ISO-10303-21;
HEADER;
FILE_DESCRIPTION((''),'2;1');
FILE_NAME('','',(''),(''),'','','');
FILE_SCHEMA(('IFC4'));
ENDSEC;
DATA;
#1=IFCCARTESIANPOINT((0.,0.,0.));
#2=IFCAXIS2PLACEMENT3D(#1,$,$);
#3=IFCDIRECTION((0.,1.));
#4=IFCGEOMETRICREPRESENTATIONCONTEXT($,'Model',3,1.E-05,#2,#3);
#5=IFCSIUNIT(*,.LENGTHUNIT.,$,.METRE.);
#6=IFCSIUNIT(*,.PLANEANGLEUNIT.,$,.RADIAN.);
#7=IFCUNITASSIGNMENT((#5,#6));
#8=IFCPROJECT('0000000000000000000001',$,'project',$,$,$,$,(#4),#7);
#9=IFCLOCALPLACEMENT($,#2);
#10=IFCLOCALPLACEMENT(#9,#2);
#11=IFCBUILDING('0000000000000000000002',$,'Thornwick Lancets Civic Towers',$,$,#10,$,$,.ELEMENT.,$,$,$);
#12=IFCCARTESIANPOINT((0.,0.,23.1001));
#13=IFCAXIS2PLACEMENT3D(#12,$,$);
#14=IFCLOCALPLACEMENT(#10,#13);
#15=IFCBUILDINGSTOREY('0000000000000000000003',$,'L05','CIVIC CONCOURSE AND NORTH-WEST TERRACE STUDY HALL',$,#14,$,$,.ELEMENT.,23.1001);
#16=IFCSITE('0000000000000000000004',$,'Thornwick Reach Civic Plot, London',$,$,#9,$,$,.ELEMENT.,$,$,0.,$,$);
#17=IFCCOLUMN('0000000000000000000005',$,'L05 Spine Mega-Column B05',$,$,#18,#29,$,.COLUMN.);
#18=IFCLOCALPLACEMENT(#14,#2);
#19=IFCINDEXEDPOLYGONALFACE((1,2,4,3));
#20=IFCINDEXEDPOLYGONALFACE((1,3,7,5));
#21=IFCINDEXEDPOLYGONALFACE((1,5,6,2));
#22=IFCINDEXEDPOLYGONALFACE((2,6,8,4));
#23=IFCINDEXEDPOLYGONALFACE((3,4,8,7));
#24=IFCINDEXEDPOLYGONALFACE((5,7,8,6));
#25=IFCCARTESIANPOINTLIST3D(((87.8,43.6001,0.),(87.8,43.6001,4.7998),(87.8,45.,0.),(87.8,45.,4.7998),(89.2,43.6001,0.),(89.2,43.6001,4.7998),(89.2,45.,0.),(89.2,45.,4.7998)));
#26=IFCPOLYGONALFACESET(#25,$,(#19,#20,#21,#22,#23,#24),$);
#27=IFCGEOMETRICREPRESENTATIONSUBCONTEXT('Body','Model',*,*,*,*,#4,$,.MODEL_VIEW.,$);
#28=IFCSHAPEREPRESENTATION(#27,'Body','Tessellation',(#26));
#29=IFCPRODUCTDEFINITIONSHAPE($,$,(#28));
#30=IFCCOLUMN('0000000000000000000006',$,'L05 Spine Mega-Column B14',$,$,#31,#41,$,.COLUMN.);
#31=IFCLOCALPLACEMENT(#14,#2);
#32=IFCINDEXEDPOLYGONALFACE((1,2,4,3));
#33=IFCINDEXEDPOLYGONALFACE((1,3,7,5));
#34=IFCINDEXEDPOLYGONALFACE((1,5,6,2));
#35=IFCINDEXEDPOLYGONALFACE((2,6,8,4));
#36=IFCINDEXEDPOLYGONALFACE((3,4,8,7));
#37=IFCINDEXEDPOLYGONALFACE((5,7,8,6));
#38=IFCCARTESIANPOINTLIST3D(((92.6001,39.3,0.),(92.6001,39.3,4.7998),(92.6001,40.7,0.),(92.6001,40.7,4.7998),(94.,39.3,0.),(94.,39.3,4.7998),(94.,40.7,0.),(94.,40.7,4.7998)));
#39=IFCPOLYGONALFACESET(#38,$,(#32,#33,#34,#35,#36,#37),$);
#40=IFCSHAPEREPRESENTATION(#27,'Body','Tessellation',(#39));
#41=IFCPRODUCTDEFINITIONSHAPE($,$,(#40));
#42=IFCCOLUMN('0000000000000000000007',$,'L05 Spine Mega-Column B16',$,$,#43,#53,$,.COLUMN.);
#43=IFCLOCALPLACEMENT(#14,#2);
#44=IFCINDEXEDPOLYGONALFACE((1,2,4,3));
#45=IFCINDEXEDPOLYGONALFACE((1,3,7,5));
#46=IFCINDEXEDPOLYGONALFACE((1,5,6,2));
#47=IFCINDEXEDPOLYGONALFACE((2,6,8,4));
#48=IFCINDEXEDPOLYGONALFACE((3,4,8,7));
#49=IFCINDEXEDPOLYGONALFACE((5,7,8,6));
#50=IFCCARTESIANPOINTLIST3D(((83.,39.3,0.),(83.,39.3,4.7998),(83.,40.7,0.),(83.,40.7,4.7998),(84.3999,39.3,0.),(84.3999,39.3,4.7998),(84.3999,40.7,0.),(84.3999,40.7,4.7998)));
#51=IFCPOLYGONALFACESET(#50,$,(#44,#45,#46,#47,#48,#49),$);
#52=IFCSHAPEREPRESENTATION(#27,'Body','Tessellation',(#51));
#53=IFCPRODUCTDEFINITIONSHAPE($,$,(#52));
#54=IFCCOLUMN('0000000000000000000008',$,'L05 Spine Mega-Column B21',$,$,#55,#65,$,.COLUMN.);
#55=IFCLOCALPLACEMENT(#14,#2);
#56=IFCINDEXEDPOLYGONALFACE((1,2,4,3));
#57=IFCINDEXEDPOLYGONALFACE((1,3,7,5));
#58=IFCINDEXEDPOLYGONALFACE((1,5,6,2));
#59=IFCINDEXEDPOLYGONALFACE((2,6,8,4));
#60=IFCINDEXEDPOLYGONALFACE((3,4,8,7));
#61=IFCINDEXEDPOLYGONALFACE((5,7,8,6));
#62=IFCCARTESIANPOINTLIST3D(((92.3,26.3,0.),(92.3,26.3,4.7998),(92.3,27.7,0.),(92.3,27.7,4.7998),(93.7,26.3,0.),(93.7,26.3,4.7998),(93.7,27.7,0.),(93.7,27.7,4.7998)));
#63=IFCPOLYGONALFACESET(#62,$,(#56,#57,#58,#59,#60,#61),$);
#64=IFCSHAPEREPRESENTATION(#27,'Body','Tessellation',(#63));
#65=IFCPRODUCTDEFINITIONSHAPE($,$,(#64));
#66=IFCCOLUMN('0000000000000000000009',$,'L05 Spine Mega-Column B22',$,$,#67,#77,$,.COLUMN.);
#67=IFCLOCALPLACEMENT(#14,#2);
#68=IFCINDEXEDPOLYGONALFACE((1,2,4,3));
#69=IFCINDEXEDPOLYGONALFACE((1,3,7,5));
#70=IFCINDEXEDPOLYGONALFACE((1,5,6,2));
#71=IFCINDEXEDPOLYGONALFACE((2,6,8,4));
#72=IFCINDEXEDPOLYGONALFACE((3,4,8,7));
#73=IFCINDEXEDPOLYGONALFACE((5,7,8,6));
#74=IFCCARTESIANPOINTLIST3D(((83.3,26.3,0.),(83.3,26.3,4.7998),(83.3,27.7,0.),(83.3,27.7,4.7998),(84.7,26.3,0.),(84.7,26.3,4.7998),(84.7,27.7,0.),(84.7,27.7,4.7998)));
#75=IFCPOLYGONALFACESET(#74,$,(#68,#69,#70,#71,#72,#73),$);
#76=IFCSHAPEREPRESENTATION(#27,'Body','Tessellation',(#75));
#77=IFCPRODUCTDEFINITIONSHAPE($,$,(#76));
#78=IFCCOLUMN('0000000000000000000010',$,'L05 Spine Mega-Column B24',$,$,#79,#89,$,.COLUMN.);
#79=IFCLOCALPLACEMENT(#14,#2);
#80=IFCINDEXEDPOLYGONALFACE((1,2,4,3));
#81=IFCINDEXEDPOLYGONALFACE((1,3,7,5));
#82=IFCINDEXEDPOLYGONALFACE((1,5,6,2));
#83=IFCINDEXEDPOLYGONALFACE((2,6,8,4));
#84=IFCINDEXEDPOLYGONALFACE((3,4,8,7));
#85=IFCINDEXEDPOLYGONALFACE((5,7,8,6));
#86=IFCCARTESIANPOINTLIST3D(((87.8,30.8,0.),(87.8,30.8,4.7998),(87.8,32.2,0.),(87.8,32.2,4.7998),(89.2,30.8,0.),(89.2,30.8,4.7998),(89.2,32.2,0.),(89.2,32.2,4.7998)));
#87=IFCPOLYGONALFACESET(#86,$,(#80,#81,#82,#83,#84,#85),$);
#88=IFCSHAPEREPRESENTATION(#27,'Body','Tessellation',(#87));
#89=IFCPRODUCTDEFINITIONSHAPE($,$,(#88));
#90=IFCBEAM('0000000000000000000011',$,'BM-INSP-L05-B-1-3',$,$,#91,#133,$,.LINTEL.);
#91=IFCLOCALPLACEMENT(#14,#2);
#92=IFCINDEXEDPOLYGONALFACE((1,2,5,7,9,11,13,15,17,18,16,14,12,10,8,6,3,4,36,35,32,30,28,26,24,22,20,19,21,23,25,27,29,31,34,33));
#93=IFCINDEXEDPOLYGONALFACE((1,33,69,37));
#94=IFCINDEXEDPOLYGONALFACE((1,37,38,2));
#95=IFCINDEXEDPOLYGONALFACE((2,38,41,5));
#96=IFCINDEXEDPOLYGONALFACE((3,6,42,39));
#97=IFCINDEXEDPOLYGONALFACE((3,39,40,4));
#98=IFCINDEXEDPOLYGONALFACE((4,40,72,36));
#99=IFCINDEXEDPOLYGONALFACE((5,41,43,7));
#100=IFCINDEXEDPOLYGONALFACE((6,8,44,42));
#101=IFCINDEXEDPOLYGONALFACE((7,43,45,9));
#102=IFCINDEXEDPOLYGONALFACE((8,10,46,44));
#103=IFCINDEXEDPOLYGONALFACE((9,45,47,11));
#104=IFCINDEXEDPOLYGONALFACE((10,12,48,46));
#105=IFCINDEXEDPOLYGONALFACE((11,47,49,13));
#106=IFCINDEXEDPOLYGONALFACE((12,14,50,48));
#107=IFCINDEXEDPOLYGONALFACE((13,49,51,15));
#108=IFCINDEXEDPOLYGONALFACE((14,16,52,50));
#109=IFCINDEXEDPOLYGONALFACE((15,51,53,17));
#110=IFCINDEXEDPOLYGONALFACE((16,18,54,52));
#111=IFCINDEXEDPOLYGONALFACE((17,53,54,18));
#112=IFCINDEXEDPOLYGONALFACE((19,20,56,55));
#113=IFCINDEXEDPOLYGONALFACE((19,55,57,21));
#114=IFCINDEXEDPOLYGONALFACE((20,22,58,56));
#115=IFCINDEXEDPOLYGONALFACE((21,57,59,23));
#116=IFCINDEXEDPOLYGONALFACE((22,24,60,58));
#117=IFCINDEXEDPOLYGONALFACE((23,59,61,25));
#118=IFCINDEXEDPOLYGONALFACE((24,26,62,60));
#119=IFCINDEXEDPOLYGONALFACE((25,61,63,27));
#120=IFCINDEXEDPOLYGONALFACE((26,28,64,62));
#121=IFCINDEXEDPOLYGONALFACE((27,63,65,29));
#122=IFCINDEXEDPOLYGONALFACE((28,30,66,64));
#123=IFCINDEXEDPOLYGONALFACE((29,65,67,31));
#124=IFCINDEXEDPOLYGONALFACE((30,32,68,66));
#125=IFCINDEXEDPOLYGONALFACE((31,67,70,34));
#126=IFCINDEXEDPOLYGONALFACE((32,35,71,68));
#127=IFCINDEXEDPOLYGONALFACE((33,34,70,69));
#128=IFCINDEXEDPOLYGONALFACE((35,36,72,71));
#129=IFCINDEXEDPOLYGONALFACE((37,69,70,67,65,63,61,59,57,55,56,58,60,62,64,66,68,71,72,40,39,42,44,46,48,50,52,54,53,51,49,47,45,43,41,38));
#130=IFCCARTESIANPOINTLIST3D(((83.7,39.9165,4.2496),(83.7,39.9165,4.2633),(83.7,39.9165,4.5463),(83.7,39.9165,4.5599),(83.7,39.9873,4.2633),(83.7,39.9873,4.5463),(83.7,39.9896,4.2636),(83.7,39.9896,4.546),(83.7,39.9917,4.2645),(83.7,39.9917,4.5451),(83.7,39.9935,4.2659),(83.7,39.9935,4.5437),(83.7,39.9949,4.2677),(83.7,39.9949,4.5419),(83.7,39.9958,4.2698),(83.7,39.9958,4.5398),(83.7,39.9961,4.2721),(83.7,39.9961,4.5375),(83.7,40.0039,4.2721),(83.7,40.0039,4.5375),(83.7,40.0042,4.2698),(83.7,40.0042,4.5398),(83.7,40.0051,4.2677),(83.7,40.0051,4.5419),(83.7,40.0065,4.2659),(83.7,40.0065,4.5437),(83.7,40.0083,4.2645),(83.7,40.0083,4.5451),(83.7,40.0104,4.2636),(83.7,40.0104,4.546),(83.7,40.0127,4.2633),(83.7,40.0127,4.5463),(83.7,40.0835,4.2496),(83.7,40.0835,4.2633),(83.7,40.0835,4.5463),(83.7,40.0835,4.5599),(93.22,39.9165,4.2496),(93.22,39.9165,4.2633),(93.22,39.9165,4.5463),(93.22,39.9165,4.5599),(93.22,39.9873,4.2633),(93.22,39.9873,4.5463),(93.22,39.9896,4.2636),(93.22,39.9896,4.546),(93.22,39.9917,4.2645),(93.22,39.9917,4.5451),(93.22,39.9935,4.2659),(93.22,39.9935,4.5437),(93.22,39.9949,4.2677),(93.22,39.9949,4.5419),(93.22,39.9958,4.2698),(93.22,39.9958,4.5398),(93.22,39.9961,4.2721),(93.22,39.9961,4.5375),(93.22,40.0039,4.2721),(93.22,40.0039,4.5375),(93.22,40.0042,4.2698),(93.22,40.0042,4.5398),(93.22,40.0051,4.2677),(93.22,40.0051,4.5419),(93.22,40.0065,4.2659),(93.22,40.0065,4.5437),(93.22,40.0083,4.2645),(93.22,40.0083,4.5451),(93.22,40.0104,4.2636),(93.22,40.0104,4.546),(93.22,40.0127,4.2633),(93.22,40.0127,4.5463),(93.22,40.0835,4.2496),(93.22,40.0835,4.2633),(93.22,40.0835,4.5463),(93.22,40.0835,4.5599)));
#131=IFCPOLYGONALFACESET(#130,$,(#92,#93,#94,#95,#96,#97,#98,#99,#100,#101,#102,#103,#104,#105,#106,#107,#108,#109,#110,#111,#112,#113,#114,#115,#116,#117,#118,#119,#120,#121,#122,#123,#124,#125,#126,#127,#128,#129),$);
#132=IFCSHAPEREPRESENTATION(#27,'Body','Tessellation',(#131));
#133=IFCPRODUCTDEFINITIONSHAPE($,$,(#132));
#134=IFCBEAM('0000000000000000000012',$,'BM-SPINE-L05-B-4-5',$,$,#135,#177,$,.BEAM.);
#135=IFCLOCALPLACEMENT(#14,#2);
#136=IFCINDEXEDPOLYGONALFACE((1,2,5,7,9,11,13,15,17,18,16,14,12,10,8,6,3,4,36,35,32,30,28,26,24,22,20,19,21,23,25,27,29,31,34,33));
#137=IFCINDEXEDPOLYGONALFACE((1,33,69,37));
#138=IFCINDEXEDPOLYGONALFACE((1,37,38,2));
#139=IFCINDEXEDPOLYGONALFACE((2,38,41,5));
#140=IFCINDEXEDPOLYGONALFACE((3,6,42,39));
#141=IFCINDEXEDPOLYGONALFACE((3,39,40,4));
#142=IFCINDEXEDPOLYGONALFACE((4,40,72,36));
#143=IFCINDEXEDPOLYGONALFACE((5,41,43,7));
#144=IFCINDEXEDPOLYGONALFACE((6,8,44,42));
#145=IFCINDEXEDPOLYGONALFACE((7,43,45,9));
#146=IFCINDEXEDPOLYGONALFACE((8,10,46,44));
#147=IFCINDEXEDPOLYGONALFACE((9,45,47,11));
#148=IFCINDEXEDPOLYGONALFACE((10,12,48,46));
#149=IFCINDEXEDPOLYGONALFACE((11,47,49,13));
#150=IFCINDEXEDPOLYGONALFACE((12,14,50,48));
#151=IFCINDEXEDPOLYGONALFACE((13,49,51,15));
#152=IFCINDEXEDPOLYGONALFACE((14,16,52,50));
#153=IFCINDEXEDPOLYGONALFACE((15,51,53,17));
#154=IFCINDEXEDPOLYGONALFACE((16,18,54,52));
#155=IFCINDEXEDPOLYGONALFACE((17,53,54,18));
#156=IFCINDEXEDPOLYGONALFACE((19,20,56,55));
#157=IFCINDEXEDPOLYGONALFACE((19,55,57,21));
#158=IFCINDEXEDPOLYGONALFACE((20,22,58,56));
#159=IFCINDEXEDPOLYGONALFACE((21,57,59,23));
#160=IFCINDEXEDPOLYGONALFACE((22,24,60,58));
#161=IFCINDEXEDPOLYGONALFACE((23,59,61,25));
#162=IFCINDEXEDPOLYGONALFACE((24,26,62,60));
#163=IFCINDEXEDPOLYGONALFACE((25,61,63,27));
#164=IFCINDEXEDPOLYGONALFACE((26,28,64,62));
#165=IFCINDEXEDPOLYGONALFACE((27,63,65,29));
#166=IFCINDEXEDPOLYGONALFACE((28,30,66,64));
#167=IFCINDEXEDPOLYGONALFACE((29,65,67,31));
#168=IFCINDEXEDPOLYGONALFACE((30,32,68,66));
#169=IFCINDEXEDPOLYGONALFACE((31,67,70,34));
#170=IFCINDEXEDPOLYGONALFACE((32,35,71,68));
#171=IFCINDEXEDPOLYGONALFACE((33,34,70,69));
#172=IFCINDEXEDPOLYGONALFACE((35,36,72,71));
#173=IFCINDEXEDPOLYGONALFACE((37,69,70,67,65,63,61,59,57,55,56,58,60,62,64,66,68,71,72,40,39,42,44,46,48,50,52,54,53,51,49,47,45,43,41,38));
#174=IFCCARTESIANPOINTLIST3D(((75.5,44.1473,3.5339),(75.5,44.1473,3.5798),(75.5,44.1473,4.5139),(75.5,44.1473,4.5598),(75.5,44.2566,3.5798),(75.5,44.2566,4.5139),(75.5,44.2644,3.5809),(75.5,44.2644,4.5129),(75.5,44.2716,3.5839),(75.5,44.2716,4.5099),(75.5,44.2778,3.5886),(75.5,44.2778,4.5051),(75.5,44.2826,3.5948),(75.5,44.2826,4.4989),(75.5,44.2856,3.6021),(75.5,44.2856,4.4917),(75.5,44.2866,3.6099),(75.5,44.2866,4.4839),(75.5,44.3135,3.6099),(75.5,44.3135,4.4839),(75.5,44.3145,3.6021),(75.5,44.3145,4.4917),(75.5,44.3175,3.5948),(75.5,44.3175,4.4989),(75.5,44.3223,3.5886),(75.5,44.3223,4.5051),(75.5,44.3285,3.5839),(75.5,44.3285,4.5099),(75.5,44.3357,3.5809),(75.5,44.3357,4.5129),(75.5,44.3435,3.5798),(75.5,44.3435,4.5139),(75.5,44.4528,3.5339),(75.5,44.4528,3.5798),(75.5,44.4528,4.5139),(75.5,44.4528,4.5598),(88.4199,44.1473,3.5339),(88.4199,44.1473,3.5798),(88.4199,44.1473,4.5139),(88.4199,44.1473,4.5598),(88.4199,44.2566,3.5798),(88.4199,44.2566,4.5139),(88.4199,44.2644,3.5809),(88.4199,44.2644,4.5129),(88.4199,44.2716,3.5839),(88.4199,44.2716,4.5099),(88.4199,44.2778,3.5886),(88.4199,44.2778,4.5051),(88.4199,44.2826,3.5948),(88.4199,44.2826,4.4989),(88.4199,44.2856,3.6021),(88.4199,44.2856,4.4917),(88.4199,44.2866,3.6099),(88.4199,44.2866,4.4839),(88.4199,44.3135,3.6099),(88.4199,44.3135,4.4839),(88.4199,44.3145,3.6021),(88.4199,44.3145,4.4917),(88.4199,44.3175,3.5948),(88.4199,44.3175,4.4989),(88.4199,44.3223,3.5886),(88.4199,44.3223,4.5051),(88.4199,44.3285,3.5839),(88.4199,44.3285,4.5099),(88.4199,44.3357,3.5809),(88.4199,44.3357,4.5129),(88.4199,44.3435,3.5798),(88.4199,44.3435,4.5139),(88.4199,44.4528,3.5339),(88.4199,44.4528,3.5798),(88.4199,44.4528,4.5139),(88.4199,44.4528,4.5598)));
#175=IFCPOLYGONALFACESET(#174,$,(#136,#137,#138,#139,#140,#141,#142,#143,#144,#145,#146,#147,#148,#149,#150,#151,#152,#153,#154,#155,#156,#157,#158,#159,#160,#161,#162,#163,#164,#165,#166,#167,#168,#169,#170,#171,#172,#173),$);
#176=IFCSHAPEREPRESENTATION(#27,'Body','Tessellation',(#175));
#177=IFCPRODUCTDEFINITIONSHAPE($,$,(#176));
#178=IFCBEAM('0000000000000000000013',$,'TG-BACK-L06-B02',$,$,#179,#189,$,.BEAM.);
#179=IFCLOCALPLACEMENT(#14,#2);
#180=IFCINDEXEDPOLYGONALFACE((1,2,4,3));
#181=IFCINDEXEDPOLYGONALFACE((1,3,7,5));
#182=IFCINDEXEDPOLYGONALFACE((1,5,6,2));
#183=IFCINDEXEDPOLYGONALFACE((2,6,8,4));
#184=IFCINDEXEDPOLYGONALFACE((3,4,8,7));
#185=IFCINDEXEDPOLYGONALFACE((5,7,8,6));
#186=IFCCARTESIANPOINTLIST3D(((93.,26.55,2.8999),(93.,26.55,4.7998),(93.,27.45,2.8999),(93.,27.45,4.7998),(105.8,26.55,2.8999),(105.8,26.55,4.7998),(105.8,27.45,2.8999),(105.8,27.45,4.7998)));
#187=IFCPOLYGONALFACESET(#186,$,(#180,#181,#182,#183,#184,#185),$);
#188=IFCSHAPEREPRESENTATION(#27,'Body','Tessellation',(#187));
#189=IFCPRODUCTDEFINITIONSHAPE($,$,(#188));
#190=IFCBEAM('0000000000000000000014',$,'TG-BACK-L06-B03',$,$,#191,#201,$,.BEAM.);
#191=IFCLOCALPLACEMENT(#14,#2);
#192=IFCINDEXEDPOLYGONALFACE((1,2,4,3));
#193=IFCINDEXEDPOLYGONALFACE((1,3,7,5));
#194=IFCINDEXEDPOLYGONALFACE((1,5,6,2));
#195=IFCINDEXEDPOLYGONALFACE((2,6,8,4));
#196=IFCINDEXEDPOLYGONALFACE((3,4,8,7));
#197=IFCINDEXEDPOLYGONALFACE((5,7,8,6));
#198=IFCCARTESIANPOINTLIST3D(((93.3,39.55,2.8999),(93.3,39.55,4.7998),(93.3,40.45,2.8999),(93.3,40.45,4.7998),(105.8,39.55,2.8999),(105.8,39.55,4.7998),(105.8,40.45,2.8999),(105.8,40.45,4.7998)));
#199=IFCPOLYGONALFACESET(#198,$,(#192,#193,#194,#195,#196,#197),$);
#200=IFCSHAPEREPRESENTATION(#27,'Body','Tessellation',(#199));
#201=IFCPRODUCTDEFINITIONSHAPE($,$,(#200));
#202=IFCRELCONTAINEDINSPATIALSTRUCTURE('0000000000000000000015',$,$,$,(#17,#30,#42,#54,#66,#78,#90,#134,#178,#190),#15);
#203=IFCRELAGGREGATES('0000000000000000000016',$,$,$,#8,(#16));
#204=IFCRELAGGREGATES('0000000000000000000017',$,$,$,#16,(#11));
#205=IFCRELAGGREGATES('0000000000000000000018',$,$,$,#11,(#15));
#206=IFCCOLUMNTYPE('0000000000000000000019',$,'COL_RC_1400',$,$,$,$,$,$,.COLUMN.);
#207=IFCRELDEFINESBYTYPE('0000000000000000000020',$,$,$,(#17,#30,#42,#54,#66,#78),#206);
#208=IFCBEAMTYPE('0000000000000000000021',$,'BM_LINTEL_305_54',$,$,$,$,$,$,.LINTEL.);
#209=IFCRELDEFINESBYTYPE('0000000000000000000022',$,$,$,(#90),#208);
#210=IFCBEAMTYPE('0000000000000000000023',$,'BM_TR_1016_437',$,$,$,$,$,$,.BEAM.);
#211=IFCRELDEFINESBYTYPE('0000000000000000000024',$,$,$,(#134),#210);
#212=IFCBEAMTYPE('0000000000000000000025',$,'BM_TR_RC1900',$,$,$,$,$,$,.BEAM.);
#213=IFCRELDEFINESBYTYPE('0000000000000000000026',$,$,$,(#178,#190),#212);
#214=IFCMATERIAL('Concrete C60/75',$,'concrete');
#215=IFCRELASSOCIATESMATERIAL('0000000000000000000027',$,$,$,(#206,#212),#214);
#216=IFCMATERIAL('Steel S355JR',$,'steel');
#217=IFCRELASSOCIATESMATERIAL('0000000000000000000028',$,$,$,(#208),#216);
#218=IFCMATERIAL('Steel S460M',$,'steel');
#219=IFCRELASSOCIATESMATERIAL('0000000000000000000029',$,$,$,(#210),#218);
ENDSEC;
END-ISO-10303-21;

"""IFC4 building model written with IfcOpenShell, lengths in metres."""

from ifc_helpers import new_model, si_unit, direction, frame, origin, origin_2d, place, context, subcontext, project, spatial, rectangle, i_section, extrude, material, material_profile, profile_set, type_object, element, save


model = new_model("IFC4")

# Units and contexts
model_context = context("Model", 3, precision=1e-05, world=origin(), true_north=direction((0.0, 1.0)))
body_context = subcontext(model_context, "Body", "Model", "MODEL_VIEW")
ifc_project = project(units=[si_unit("LENGTHUNIT", "METRE"), si_unit("PLANEANGLEUNIT", "RADIAN")], contexts=[model_context])

# Site, building, storey
site_placement = place(None, origin())
site = spatial("IfcSite", under=ifc_project, at=site_placement, Name="Thornwick Reach Civic Plot, London", CompositionType="ELEMENT", RefElevation=0.0)
building_placement = place(site_placement, origin())
building = spatial("IfcBuilding", under=site, at=building_placement, Name="Thornwick Lancets Civic Towers", CompositionType="ELEMENT")
storey_placement = place(building_placement, frame((0.0, 0.0, 23.1001)))
storey = spatial("IfcBuildingStorey", under=building, at=storey_placement, Name="L05", Description="CIVIC CONCOURSE AND NORTH-WEST TERRACE STUDY HALL", CompositionType="ELEMENT", Elevation=23.1001)

# Columns
ifc_material_1 = material(Name="Concrete C60/75", Category="concrete")
ifc_material_profile_1 = material_profile(ifc_material_1, rectangle(XDim=1.3999, YDim=1.3999, at=origin_2d()), Name="RC 1400x1400")
ifc_profile_set_1 = profile_set([ifc_material_profile_1], Name="Concrete C60/75")
column_type = type_object("IfcColumnType", Name="COL_RC_1400", PredefinedType="COLUMN", material=ifc_profile_set_1)
for number, where, z_axis, x_axis, name in (
    (1, (88.5, 44.3, 0.0), (0.0, 0.0, 1.0), (1.0, 0.0, 0.0), "L05 Spine Mega-Column B05"),
    (2, (93.3, 40.0, 0.0), (0.0, 0.0, 1.0), (1.0, 0.0, 0.0), "L05 Spine Mega-Column B14"),
    (3, (83.7, 40.0, 0.0), (0.0, 0.0, 1.0), (1.0, 0.0, 0.0), "L05 Spine Mega-Column B16"),
    (4, (93.0, 27.0, 0.0), (0.0, 0.0, 1.0), (1.0, 0.0, 0.0), "L05 Spine Mega-Column B21"),
    (5, (84.0, 27.0, 0.0), (0.0, 0.0, 1.0), (1.0, 0.0, 0.0), "L05 Spine Mega-Column B22"),
    (6, (88.5, 31.5, 0.0), (0.0, 0.0, 1.0), (1.0, 0.0, 0.0), "L05 Spine Mega-Column B24"),
):
    element("IfcColumn", number, at=place(storey_placement, frame(where, z_axis=z_axis, x_axis=x_axis)), inside=storey, type_object=column_type, Name=name, PredefinedType="COLUMN", context=body_context, shape_type="SweptSolid", body=[
        extrude(rectangle(XDim=1.3999, YDim=1.3999, at=origin_2d()), origin(), (0.0, 0.0, 1.0), 4.7998),
    ])

# Beams
ifc_material_2 = material(Name="Steel S355JR", Category="steel")
ifc_material_profile_2 = material_profile(ifc_material_2, i_section(OverallWidth=0.167, OverallDepth=0.3103, WebThickness=0.0078, FlangeThickness=0.0137, FilletRadius=0.0088, at=origin_2d()), Name="UKB 305x165x54")
ifc_profile_set_2 = profile_set([ifc_material_profile_2], Name="Steel S355JR")
beam_type_1 = type_object("IfcBeamType", Name="BM_LINTEL_305_54", PredefinedType="LINTEL", material=ifc_profile_set_2)
beam_1_placement = place(storey_placement, frame((93.22, 40.0, 4.4048), z_axis=(-1.0, 0.0, 0.0), x_axis=(0.0, -1.0, 0.0)))
element("IfcBeam", 7, at=beam_1_placement, inside=storey, type_object=beam_type_1, Name="BM-INSP-L05-B-1-3", PredefinedType="LINTEL", context=body_context, shape_type="SweptSolid", body=[
    extrude(i_section(OverallWidth=0.167, OverallDepth=0.3103, WebThickness=0.0078, FlangeThickness=0.0137, FilletRadius=0.0088, at=origin_2d()), origin(), (0.0, 0.0, 1.0), 9.52),
])
ifc_material_3 = material(Name="Steel S460M", Category="steel")
ifc_material_profile_3 = material_profile(ifc_material_3, i_section(OverallWidth=0.3054, OverallDepth=1.0259, WebThickness=0.0269, FlangeThickness=0.0459, FilletRadius=0.03, at=origin_2d()), Name="UKB 1016x305x437")
ifc_profile_set_3 = profile_set([ifc_material_profile_3], Name="Steel S460M")
beam_type_2 = type_object("IfcBeamType", Name="BM_TR_1016_437", PredefinedType="BEAM", material=ifc_profile_set_3)
beam_2_placement = place(storey_placement, frame((88.4199, 44.3, 4.0469), z_axis=(-1.0, 0.0, 0.0), x_axis=(0.0, -1.0, 0.0)))
element("IfcBeam", 8, at=beam_2_placement, inside=storey, type_object=beam_type_2, Name="BM-SPINE-L05-B-4-5", PredefinedType="BEAM", context=body_context, shape_type="SweptSolid", body=[
    extrude(i_section(OverallWidth=0.3054, OverallDepth=1.0259, WebThickness=0.0269, FlangeThickness=0.0459, FilletRadius=0.03, at=origin_2d()), origin(), (0.0, 0.0, 1.0), 12.9199),
])
ifc_material_profile_4 = material_profile(ifc_material_1, rectangle(XDim=0.8999, YDim=1.8999, at=origin_2d()), Name="RC 900x1900")
ifc_profile_set_4 = profile_set([ifc_material_profile_4], Name="Concrete C60/75")
beam_type_3 = type_object("IfcBeamType", Name="BM_TR_RC1900", PredefinedType="BEAM", material=ifc_profile_set_4)
beam_3_placement = place(storey_placement, frame((93.0, 27.0, 3.8499), z_axis=(1.0, 0.0, 0.0), x_axis=(0.0, 1.0, 0.0)))
element("IfcBeam", 9, at=beam_3_placement, inside=storey, type_object=beam_type_3, Name="TG-BACK-L06-B02", PredefinedType="BEAM", context=body_context, shape_type="SweptSolid", body=[
    extrude(rectangle(XDim=0.8999, YDim=1.8999, at=origin_2d()), origin(), (0.0, 0.0, 1.0), 12.8),
])
beam_4_placement = place(storey_placement, frame((93.3, 40.0, 3.8499), z_axis=(1.0, 0.0, 0.0), x_axis=(0.0, 1.0, 0.0)))
element("IfcBeam", 10, at=beam_4_placement, inside=storey, type_object=beam_type_3, Name="TG-BACK-L06-B03", PredefinedType="BEAM", context=body_context, shape_type="SweptSolid", body=[
    extrude(rectangle(XDim=0.8999, YDim=1.8999, at=origin_2d()), origin(), (0.0, 0.0, 1.0), 12.5),
])

save(model, "model.ifc")
